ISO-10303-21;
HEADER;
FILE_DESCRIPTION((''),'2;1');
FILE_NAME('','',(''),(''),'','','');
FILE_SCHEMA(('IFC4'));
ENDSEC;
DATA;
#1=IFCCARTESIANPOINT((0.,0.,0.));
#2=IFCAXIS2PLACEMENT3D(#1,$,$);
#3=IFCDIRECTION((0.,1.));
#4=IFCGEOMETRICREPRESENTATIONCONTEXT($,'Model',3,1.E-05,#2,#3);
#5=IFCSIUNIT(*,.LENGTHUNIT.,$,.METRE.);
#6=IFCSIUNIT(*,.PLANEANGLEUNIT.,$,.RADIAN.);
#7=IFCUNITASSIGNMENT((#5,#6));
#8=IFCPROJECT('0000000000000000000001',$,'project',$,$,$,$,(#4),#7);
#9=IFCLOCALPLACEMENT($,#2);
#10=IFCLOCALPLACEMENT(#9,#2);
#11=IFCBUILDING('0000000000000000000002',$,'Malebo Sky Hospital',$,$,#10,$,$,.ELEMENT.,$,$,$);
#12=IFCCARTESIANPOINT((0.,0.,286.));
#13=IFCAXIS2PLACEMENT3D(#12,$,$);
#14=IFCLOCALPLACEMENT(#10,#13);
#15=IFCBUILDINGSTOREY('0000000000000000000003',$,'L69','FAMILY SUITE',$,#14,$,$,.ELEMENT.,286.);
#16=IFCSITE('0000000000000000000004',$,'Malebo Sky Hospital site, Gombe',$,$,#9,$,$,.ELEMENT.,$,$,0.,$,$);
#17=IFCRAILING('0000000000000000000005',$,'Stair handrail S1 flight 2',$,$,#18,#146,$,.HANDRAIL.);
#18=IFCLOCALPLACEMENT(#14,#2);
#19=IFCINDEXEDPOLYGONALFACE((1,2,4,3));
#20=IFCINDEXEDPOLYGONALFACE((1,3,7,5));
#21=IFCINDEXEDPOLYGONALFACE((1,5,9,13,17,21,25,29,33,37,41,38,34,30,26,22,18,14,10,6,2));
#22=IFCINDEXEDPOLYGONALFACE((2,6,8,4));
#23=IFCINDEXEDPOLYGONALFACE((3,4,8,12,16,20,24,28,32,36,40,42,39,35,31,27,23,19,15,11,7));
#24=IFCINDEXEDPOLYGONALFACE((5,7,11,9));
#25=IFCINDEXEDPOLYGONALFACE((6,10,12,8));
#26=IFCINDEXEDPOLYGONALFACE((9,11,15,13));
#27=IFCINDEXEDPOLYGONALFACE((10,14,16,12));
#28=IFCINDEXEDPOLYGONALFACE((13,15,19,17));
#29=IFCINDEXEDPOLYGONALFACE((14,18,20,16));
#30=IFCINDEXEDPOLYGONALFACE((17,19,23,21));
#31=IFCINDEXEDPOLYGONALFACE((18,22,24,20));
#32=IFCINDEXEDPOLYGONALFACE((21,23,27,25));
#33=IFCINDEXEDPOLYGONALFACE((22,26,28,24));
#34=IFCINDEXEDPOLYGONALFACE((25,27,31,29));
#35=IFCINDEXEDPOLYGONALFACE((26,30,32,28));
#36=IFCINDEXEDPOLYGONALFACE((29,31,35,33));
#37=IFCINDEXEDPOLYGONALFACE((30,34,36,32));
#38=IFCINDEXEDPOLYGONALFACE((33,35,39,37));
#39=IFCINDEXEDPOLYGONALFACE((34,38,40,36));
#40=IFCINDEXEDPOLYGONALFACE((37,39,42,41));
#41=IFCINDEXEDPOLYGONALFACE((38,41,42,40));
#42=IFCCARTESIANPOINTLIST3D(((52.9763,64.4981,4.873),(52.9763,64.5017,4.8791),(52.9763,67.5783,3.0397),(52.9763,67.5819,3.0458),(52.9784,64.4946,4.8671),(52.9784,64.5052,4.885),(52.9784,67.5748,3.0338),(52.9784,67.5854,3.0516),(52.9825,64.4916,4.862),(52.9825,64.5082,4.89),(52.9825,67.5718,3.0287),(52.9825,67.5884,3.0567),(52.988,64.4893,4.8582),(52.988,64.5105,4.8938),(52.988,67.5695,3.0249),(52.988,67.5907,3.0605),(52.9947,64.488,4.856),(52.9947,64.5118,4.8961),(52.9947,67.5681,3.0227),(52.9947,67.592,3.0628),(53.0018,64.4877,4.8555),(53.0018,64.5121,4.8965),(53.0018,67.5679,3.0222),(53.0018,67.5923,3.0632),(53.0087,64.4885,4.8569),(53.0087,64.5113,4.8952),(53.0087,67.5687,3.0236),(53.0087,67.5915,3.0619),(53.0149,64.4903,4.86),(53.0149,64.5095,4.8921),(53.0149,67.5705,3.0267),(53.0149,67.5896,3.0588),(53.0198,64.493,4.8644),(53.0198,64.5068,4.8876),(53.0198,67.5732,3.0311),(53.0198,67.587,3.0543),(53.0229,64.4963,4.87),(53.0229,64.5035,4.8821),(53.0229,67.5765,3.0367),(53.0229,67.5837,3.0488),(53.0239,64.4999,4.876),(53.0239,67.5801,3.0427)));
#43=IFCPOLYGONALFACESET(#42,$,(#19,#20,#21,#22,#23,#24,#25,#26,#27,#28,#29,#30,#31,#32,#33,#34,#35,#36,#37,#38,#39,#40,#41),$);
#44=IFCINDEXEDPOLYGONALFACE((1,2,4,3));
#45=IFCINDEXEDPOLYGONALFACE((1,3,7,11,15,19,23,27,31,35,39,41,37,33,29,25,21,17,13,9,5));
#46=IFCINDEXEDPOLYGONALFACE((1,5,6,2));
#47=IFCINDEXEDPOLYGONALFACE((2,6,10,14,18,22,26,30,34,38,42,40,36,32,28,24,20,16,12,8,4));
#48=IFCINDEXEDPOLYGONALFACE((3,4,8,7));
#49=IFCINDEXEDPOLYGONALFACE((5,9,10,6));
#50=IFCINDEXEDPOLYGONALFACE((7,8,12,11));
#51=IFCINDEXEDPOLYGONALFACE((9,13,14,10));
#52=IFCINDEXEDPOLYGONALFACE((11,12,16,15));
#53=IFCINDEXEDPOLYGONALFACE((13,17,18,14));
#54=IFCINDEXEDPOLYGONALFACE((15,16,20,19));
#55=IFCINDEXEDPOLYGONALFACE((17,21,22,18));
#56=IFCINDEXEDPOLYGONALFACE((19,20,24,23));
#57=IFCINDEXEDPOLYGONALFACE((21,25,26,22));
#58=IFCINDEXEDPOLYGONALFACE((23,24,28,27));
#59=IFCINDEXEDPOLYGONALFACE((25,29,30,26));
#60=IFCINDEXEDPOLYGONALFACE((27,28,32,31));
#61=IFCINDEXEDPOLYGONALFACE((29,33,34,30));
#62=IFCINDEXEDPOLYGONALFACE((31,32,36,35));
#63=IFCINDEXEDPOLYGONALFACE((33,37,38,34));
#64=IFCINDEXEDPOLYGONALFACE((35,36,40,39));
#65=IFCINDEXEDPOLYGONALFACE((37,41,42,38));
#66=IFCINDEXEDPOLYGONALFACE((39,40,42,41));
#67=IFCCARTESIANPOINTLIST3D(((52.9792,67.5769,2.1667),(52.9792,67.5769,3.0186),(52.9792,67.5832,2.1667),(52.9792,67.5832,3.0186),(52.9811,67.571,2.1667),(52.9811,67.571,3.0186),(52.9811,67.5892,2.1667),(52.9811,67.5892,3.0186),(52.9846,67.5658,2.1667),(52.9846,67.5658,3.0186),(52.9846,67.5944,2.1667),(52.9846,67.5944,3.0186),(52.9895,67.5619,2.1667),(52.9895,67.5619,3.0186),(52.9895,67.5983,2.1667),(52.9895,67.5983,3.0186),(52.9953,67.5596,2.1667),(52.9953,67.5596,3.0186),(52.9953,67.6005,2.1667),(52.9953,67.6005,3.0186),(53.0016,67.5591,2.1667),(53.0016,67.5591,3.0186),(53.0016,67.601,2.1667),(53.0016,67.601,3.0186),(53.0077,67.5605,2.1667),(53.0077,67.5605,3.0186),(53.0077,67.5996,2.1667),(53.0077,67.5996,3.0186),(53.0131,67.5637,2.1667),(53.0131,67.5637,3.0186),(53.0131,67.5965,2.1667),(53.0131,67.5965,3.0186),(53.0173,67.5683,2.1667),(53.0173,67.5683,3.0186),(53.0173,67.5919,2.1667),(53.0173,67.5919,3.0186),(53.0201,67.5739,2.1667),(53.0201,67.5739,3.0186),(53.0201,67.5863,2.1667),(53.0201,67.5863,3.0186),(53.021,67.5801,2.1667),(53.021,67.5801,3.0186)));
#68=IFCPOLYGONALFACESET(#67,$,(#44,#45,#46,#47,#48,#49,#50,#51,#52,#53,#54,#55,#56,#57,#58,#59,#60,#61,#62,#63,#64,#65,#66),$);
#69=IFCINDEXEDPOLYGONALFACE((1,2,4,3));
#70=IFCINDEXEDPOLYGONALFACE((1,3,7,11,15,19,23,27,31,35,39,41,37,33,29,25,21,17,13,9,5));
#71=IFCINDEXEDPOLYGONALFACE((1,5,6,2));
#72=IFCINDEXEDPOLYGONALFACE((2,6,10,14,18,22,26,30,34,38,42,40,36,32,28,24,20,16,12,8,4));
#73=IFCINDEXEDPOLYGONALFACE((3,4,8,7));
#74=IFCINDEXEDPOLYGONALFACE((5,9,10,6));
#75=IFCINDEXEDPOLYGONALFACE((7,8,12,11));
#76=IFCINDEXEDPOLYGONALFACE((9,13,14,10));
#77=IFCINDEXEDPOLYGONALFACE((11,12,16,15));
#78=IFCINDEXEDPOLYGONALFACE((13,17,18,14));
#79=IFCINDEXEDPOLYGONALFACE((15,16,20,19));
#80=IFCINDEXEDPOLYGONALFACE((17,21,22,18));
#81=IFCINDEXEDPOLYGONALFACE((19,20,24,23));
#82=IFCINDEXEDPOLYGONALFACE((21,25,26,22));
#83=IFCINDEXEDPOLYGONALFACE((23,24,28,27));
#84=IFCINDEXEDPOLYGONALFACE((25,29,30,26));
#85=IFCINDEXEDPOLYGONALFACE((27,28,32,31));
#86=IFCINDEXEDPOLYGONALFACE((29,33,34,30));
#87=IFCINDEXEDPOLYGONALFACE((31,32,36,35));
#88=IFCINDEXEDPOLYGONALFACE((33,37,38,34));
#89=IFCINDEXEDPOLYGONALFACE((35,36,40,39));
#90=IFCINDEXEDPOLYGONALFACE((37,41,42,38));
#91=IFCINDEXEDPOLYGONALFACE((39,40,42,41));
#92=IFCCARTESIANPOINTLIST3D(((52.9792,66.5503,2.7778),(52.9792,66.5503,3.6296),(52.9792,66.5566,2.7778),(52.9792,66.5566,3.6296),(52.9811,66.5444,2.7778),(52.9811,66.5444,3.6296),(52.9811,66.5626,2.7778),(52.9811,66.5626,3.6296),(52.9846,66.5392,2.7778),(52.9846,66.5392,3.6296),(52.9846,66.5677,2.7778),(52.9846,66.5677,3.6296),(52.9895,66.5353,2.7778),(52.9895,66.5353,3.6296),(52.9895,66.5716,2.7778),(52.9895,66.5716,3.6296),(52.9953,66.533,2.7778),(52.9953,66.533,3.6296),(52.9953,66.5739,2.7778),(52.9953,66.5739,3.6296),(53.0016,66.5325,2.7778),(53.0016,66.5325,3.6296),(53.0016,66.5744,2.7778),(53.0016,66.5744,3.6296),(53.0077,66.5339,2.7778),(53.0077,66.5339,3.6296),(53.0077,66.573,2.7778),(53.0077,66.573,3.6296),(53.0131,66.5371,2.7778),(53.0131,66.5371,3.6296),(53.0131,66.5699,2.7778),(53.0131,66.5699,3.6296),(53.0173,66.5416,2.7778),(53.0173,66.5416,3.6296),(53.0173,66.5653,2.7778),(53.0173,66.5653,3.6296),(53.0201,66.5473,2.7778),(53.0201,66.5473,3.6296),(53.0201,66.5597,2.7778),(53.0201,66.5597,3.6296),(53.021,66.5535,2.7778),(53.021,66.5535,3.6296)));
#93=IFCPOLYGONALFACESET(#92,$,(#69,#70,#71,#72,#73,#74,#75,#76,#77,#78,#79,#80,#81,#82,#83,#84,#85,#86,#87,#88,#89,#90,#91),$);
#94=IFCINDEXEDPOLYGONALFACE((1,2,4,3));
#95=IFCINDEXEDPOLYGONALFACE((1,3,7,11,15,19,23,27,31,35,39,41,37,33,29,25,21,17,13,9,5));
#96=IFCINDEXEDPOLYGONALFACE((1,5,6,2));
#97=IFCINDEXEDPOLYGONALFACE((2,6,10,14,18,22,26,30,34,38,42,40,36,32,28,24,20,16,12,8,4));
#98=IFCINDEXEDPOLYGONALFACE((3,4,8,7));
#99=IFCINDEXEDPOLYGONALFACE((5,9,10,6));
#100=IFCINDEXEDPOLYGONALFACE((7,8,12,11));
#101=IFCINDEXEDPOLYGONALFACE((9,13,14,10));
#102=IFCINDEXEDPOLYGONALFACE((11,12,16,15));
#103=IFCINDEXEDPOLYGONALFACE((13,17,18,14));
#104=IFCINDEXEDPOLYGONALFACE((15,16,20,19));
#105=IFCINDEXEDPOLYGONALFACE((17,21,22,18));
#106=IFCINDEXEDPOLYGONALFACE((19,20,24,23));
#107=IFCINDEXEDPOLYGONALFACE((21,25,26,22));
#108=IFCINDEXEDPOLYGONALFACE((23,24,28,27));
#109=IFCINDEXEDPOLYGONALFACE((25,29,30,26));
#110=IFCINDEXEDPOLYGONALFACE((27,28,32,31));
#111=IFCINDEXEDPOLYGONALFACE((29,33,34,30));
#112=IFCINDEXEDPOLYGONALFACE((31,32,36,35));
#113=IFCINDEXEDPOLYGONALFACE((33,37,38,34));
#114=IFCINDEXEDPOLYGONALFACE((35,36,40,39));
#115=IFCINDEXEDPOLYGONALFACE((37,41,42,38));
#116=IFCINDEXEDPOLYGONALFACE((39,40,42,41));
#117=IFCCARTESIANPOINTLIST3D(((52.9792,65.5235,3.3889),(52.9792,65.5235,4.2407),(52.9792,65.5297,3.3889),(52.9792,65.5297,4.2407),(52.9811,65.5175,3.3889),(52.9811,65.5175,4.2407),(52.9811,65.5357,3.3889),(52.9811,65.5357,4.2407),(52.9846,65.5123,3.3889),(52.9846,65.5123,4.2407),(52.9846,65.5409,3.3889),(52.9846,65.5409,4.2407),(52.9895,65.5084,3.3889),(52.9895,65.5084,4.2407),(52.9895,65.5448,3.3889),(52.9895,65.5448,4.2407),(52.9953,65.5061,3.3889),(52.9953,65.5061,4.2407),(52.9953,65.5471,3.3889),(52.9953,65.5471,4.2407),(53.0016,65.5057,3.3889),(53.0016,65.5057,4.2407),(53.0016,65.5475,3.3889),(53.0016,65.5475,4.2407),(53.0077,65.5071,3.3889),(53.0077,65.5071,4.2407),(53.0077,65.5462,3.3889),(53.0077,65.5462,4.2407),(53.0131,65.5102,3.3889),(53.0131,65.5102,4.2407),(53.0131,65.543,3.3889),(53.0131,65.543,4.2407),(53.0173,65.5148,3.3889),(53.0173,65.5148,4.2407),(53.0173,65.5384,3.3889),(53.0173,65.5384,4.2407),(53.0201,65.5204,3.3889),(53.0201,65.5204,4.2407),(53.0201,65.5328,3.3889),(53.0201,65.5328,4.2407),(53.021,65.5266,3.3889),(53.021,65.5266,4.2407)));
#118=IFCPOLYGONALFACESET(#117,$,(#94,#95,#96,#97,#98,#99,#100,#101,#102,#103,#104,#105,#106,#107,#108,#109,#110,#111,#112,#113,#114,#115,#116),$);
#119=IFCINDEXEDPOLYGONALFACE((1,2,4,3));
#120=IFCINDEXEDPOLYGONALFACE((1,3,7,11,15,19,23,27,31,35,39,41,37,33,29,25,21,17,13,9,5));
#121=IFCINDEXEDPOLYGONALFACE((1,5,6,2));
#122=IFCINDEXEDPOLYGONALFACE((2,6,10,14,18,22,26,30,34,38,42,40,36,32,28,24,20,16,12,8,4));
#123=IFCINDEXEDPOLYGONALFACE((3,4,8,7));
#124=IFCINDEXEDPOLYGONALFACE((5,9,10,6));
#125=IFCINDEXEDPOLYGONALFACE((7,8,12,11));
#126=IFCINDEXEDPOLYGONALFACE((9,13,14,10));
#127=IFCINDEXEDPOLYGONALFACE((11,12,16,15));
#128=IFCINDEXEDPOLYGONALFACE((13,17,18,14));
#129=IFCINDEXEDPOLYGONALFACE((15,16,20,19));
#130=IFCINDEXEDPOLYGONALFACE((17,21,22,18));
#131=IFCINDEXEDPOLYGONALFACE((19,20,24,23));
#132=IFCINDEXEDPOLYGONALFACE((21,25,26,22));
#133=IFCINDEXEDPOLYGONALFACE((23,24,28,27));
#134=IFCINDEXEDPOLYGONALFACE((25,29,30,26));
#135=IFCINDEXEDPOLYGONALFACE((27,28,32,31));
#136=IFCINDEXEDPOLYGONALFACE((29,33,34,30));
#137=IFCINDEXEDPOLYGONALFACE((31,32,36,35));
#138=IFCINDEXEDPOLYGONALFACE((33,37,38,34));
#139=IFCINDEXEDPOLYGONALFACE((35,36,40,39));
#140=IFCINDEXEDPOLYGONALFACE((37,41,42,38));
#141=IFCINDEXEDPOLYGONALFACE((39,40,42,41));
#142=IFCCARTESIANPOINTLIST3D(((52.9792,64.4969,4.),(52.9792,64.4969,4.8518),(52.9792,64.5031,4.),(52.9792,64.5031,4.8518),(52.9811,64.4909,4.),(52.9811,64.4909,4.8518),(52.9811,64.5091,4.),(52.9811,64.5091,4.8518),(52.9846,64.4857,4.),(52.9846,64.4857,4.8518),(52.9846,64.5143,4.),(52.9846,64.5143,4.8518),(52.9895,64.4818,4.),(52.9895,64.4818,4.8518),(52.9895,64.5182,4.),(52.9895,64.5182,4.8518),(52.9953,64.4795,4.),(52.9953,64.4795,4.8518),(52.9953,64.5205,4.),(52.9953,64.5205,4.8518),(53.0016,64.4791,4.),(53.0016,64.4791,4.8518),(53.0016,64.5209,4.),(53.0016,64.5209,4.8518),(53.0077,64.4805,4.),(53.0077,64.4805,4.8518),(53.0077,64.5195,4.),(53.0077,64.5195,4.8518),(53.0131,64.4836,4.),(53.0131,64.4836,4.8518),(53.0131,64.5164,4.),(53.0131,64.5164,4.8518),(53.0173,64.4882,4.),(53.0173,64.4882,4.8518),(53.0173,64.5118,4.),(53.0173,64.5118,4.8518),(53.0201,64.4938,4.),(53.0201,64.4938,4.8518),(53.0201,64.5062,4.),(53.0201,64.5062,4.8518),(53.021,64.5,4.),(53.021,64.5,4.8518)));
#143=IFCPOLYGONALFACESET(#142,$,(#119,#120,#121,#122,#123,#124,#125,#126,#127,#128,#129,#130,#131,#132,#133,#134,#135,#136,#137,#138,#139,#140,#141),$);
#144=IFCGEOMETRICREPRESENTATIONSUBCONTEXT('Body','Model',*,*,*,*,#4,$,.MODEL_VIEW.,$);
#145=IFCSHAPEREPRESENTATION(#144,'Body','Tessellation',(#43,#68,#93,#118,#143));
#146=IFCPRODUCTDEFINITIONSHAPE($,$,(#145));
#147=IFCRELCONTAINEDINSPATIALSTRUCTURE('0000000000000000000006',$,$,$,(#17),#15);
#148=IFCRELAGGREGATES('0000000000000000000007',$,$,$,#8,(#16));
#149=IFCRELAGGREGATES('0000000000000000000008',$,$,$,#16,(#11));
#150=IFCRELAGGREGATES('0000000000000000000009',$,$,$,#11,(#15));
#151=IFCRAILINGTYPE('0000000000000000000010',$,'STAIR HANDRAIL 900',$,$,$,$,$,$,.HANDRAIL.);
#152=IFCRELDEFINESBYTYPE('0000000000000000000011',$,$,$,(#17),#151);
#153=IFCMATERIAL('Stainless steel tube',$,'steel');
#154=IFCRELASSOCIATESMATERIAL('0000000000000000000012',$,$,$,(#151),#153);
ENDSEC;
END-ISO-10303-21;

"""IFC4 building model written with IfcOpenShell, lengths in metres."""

from ifc_helpers import new_model, si_unit, direction, frame, origin, origin_2d, place, context, subcontext, project, spatial, circle, extrude, material, type_object, element, save


model = new_model("IFC4")

# Units and contexts
model_context = context("Model", 3, precision=1e-05, world=origin(), true_north=direction((0.0, 1.0)))
body_context = subcontext(model_context, "Body", "Model", "MODEL_VIEW")
ifc_project = project(units=[si_unit("LENGTHUNIT", "METRE"), si_unit("PLANEANGLEUNIT", "RADIAN")], contexts=[model_context])

# Site, building, storey
site_placement = place(None, origin())
site = spatial("IfcSite", under=ifc_project, at=site_placement, Name="Malebo Sky Hospital site, Gombe", CompositionType="ELEMENT", RefElevation=0.0)
building_placement = place(site_placement, origin())
building = spatial("IfcBuilding", under=site, at=building_placement, Name="Malebo Sky Hospital", CompositionType="ELEMENT")
storey_placement = place(building_placement, frame((0.0, 0.0, 286.0)))
storey = spatial("IfcBuildingStorey", under=building, at=storey_placement, Name="L69", Description="FAMILY SUITE", CompositionType="ELEMENT", Elevation=286.0)

# Railing
ifc_material_1 = material(Name="Stainless steel tube", Category="steel")
railing_type_1 = type_object("IfcRailingType", Name="STAIR HANDRAIL 900", PredefinedType="HANDRAIL", material=ifc_material_1)
railing_1_placement = place(storey_placement, frame((53.0, 67.5801, 2.1667)))
element("IfcRailing", 1, at=railing_1_placement, inside=storey, type_object=railing_type_1, Name="Stair handrail S1 flight 2", PredefinedType="HANDRAIL", context=body_context, shape_type="SweptSolid", body=[
    extrude(circle(Radius=0.0239, at=origin_2d()), frame((0.0, 0.0, 0.876), z_axis=(0.0, -0.859309, 0.511458), x_axis=(1.0, 0.0, 0.0)), (0.0, 0.0, 1.0), 3.5845),
    extrude(circle(Radius=0.021, at=origin_2d()), origin(), (0.0, 0.0, 1.0), 0.8518),
    extrude(circle(Radius=0.021, at=origin_2d()), frame((0.0, -1.0266, 0.6111)), (0.0, 0.0, 1.0), 0.8518),
    extrude(circle(Radius=0.021, at=origin_2d()), frame((0.0, -2.0535, 1.2222)), (0.0, 0.0, 1.0), 0.8518),
    extrude(circle(Radius=0.021, at=origin_2d()), frame((0.0, -3.0801, 1.8333)), (0.0, 0.0, 1.0), 0.8518),
])

save(model, "model.ifc")
